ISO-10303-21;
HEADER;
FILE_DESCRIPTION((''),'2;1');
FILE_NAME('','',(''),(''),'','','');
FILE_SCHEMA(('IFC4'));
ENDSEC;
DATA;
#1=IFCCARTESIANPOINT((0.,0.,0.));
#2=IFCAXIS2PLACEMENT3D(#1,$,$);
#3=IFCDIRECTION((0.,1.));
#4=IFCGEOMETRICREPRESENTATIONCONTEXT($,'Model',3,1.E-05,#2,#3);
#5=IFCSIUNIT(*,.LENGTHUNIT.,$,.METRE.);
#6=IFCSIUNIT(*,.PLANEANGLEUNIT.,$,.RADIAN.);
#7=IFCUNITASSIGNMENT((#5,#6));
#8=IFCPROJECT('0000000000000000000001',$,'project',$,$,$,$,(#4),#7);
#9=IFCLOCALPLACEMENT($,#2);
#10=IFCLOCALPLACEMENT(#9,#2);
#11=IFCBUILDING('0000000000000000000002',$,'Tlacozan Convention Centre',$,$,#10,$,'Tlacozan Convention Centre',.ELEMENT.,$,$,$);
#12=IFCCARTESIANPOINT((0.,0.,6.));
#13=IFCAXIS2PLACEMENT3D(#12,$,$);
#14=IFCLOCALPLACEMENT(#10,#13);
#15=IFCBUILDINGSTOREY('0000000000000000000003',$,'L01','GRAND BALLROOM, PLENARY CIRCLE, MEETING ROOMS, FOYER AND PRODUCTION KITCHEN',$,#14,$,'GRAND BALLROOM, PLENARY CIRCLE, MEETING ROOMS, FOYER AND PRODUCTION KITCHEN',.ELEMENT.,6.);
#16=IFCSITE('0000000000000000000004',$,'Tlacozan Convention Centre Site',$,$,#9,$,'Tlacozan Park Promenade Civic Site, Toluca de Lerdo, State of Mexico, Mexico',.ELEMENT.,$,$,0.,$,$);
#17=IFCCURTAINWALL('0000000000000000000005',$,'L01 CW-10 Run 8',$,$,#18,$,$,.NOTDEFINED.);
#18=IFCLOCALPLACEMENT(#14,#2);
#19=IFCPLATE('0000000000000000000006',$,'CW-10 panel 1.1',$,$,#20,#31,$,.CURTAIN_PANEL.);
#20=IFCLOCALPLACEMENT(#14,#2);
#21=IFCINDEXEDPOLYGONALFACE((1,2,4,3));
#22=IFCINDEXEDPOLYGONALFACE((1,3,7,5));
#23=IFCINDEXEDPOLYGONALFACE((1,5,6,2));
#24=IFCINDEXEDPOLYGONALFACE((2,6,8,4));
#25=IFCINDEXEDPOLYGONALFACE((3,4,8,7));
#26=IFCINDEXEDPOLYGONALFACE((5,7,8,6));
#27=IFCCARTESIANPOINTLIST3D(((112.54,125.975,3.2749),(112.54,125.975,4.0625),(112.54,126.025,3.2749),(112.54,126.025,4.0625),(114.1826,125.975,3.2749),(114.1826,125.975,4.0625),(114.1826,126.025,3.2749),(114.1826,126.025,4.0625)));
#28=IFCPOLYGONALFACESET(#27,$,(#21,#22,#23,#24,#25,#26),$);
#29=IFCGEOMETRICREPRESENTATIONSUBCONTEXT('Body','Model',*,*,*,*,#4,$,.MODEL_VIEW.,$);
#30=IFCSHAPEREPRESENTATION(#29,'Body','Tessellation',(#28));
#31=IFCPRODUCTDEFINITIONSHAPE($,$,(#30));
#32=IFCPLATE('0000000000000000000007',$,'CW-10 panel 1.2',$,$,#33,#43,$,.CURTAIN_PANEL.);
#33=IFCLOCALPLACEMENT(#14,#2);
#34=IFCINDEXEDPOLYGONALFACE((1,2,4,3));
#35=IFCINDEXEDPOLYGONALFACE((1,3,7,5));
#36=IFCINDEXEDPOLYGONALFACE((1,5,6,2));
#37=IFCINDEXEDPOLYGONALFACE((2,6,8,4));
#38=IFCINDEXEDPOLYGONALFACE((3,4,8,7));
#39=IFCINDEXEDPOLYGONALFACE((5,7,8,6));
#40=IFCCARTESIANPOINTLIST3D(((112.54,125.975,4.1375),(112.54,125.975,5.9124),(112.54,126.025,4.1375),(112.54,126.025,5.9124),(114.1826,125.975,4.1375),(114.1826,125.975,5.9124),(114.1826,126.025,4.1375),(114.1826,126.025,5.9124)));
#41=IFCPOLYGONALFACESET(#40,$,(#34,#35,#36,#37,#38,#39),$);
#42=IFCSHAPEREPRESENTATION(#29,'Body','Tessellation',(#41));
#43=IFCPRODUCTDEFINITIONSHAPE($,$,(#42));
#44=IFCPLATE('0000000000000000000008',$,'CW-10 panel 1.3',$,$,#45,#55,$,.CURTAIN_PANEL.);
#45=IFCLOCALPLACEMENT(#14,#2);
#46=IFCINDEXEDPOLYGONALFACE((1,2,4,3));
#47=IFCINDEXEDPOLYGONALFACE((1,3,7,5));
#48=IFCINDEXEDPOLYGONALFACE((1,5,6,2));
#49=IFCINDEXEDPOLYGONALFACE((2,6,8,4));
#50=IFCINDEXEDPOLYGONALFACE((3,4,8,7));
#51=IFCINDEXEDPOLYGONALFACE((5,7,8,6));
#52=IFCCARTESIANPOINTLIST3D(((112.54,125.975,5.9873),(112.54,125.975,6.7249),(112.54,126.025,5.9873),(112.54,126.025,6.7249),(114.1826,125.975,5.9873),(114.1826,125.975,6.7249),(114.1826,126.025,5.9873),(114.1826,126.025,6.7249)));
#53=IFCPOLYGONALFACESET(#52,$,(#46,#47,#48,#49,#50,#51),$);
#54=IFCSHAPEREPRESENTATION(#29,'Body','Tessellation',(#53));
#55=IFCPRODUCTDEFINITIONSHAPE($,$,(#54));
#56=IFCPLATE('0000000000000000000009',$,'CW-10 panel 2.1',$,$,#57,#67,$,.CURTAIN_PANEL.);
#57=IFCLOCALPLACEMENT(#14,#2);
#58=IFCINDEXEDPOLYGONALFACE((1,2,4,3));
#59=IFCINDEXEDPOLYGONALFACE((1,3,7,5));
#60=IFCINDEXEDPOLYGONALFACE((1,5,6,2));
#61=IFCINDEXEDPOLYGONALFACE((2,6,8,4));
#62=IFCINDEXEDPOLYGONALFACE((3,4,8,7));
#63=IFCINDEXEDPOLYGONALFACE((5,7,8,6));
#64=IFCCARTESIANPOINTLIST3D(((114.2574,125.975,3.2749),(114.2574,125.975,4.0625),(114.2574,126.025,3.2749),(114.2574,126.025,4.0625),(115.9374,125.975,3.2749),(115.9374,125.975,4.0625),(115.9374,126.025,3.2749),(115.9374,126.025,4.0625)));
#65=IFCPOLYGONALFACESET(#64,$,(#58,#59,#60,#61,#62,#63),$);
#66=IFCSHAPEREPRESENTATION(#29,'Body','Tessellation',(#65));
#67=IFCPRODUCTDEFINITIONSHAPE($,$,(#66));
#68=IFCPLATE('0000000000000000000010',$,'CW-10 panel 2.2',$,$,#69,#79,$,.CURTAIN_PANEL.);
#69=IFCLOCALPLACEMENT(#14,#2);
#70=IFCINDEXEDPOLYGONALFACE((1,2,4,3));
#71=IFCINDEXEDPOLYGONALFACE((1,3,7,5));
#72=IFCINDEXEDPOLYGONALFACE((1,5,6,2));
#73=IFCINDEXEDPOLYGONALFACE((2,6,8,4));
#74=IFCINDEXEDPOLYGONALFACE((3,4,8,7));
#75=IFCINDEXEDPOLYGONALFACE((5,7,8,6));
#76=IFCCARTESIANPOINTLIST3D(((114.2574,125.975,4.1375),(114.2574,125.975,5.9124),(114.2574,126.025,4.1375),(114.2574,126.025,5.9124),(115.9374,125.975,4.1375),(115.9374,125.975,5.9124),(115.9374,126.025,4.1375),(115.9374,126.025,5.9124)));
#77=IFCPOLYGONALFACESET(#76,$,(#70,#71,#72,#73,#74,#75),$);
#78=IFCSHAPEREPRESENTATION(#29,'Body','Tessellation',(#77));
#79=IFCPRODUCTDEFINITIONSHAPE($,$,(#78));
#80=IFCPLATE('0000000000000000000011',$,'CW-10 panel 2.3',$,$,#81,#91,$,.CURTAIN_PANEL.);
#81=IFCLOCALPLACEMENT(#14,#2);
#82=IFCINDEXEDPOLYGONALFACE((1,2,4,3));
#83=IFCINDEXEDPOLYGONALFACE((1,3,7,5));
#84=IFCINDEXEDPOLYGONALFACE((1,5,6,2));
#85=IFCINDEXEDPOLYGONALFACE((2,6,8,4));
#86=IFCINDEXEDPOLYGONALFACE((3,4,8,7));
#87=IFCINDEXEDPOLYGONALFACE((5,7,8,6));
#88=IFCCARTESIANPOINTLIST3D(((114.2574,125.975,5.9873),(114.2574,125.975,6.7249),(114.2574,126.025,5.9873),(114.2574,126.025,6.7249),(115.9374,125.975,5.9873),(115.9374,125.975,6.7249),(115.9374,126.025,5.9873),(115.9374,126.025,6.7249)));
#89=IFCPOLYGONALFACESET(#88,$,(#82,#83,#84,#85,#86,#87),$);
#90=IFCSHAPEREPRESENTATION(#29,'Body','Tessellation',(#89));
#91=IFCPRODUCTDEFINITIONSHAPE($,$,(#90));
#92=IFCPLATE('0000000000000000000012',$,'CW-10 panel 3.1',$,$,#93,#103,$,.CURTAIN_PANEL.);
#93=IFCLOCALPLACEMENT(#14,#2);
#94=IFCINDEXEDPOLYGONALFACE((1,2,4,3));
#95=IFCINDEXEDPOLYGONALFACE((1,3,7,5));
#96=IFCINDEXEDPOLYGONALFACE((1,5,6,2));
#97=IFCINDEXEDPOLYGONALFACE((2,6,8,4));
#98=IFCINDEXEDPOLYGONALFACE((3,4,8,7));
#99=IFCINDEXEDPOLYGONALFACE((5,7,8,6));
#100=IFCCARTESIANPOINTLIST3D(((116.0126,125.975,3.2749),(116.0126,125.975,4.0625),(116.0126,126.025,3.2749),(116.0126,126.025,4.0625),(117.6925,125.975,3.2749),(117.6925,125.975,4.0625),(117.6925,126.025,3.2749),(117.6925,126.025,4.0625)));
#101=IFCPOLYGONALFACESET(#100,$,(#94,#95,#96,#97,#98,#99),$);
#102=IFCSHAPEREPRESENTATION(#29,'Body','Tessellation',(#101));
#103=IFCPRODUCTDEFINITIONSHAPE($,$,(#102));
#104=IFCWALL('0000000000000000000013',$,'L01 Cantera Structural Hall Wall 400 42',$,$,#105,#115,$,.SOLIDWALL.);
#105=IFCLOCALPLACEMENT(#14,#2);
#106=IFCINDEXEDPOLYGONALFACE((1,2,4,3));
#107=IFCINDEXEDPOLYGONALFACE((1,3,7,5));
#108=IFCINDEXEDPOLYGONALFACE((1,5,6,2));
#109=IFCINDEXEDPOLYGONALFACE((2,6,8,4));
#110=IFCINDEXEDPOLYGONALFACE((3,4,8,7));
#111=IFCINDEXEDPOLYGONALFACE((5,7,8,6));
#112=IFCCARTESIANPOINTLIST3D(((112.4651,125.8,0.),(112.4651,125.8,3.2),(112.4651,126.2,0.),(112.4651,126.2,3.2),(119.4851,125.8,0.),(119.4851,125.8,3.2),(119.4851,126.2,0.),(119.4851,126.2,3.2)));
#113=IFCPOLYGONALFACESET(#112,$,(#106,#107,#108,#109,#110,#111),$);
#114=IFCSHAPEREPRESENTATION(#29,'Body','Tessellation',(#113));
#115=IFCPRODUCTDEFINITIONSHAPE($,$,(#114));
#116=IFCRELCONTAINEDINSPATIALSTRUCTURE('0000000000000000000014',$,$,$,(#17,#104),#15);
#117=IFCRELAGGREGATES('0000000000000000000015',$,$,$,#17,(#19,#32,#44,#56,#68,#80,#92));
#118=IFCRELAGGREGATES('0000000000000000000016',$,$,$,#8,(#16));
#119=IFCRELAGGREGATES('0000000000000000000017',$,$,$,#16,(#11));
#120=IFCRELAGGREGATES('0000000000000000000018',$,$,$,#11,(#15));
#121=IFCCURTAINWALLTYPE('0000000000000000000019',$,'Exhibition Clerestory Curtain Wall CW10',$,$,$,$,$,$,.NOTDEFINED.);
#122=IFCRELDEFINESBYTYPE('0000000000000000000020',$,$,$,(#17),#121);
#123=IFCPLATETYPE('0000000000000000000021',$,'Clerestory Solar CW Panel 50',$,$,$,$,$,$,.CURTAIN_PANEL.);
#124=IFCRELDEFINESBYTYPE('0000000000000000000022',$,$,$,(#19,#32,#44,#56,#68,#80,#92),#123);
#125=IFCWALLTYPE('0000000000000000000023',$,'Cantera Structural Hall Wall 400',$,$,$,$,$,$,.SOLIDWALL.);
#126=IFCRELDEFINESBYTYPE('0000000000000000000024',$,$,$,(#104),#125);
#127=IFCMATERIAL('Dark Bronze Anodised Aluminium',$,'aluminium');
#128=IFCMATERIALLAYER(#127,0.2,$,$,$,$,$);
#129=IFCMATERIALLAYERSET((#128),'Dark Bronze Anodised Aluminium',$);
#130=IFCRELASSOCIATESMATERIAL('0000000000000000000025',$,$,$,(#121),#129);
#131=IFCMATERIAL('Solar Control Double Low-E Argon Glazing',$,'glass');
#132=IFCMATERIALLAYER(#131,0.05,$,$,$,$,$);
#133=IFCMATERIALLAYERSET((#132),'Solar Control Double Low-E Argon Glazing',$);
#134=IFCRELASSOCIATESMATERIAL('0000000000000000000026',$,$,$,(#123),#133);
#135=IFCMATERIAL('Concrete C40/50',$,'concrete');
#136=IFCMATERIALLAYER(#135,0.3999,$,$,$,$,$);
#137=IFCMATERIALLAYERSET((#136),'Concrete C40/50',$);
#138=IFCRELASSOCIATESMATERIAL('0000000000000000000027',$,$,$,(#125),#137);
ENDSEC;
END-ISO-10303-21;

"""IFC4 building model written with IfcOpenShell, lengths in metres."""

from ifc_helpers import new_model, si_unit, direction, frame, frame_2d, origin, origin_2d, place, context, subcontext, project, spatial, rectangle, extrude, material, layer, layer_set, type_object, element, aggregate, save


model = new_model("IFC4")

# Units and contexts
model_context = context("Model", 3, precision=1e-05, world=origin(), true_north=direction((0.0, 1.0)))
body_context = subcontext(model_context, "Body", "Model", "MODEL_VIEW")
ifc_project = project(units=[si_unit("LENGTHUNIT", "METRE"), si_unit("PLANEANGLEUNIT", "RADIAN")], contexts=[model_context])

# Site, building, storey
site_placement = place(None, origin())
site = spatial("IfcSite", under=ifc_project, at=site_placement, Name="Tlacozan Convention Centre Site", LongName="Tlacozan Park Promenade Civic Site, Toluca de Lerdo, State of Mexico, Mexico", CompositionType="ELEMENT", RefElevation=0.0)
building_placement = place(site_placement, origin())
building = spatial("IfcBuilding", under=site, at=building_placement, Name="Tlacozan Convention Centre", LongName="Tlacozan Convention Centre", CompositionType="ELEMENT")
storey_placement = place(building_placement, frame((0.0, 0.0, 6.0)))
storey = spatial("IfcBuildingStorey", under=building, at=storey_placement, Name="L01", Description="GRAND BALLROOM, PLENARY CIRCLE, MEETING ROOMS, FOYER AND PRODUCTION KITCHEN", LongName="GRAND BALLROOM, PLENARY CIRCLE, MEETING ROOMS, FOYER AND PRODUCTION KITCHEN", CompositionType="ELEMENT", Elevation=6.0)

# Curtain wall, plates
ifc_material_1 = material(Name="Dark Bronze Anodised Aluminium", Category="aluminium")
ifc_layer_1 = layer(ifc_material_1, 0.2)
ifc_layer_set_1 = layer_set([ifc_layer_1], Name="Dark Bronze Anodised Aluminium")
curtain_wall_type = type_object("IfcCurtainWallType", Name="Exhibition Clerestory Curtain Wall CW10", PredefinedType="NOTDEFINED", material=ifc_layer_set_1)
curtain_wall_placement = place(storey_placement, origin())
curtain_wall = element("IfcCurtainWall", 1, at=curtain_wall_placement, inside=storey, type_object=curtain_wall_type, Name="L01 CW-10 Run 8", PredefinedType="NOTDEFINED")
ifc_material_2 = material(Name="Solar Control Double Low-E Argon Glazing", Category="glass")
ifc_layer_2 = layer(ifc_material_2, 0.05)
ifc_layer_set_2 = layer_set([ifc_layer_2], Name="Solar Control Double Low-E Argon Glazing")
plate_type = type_object("IfcPlateType", Name="Clerestory Solar CW Panel 50", PredefinedType="CURTAIN_PANEL", material=ifc_layer_set_2)
plate_1_placement = place(storey_placement, frame((113.3613, 126.0, 3.2749), z_axis=(0.0, 0.0, 1.0), x_axis=(1.0, 0.0, 0.0)))
plate_1 = element("IfcPlate", 2, at=plate_1_placement, type_object=plate_type, Name="CW-10 panel 1.1", PredefinedType="CURTAIN_PANEL", context=body_context, shape_type="SweptSolid", body=[
    extrude(rectangle(XDim=1.6426, YDim=0.05, at=origin_2d()), origin(), (0.0, 0.0, 1.0), 0.7876),
])
plate_2_placement = place(storey_placement, frame((113.3613, 126.0, 4.1375), z_axis=(0.0, 0.0, 1.0), x_axis=(1.0, 0.0, 0.0)))
plate_2 = element("IfcPlate", 3, at=plate_2_placement, type_object=plate_type, Name="CW-10 panel 1.2", PredefinedType="CURTAIN_PANEL", context=body_context, shape_type="SweptSolid", body=[
    extrude(rectangle(XDim=1.6426, YDim=0.05, at=origin_2d()), origin(), (0.0, 0.0, 1.0), 1.7749),
])
plate_3_placement = place(storey_placement, frame((113.3613, 126.0, 5.9873), z_axis=(0.0, 0.0, 1.0), x_axis=(1.0, 0.0, 0.0)))
plate_3 = element("IfcPlate", 4, at=plate_3_placement, type_object=plate_type, Name="CW-10 panel 1.3", PredefinedType="CURTAIN_PANEL", context=body_context, shape_type="SweptSolid", body=[
    extrude(rectangle(XDim=1.6426, YDim=0.05, at=origin_2d()), origin(), (0.0, 0.0, 1.0), 0.7375),
])
plate_4_placement = place(storey_placement, frame((115.0974, 126.0, 3.2749), z_axis=(0.0, 0.0, 1.0), x_axis=(1.0, 0.0, 0.0)))
plate_4 = element("IfcPlate", 5, at=plate_4_placement, type_object=plate_type, Name="CW-10 panel 2.1", PredefinedType="CURTAIN_PANEL", context=body_context, shape_type="SweptSolid", body=[
    extrude(rectangle(XDim=1.6799, YDim=0.05, at=origin_2d()), origin(), (0.0, 0.0, 1.0), 0.7876),
])
plate_5_placement = place(storey_placement, frame((115.0974, 126.0, 4.1375), z_axis=(0.0, 0.0, 1.0), x_axis=(1.0, 0.0, 0.0)))
plate_5 = element("IfcPlate", 6, at=plate_5_placement, type_object=plate_type, Name="CW-10 panel 2.2", PredefinedType="CURTAIN_PANEL", context=body_context, shape_type="SweptSolid", body=[
    extrude(rectangle(XDim=1.6799, YDim=0.05, at=origin_2d()), origin(), (0.0, 0.0, 1.0), 1.7749),
])
plate_6_placement = place(storey_placement, frame((115.0974, 126.0, 5.9873), z_axis=(0.0, 0.0, 1.0), x_axis=(1.0, 0.0, 0.0)))
plate_6 = element("IfcPlate", 7, at=plate_6_placement, type_object=plate_type, Name="CW-10 panel 2.3", PredefinedType="CURTAIN_PANEL", context=body_context, shape_type="SweptSolid", body=[
    extrude(rectangle(XDim=1.6799, YDim=0.05, at=origin_2d()), origin(), (0.0, 0.0, 1.0), 0.7375),
])
plate_7_placement = place(storey_placement, frame((116.8525, 126.0, 3.2749), z_axis=(0.0, 0.0, 1.0), x_axis=(1.0, 0.0, 0.0)))
plate_7 = element("IfcPlate", 8, at=plate_7_placement, type_object=plate_type, Name="CW-10 panel 3.1", PredefinedType="CURTAIN_PANEL", context=body_context, shape_type="SweptSolid", body=[
    extrude(rectangle(XDim=1.6799, YDim=0.05, at=origin_2d()), origin(), (0.0, 0.0, 1.0), 0.7876),
])
aggregate(curtain_wall, [plate_1, plate_2, plate_3, plate_4, plate_5, plate_6, plate_7])

# Wall
ifc_material_3 = material(Name="Concrete C40/50", Category="concrete")
ifc_layer_3 = layer(ifc_material_3, 0.3999)
ifc_layer_set_3 = layer_set([ifc_layer_3], Name="Concrete C40/50")
wall_type = type_object("IfcWallType", Name="Cantera Structural Hall Wall 400", PredefinedType="SOLIDWALL", material=ifc_layer_set_3)
wall_placement = place(storey_placement, frame((112.4651, 126.0, 0.0), z_axis=(0.0, 0.0, 1.0), x_axis=(1.0, 0.0, 0.0)))
element("IfcWall", 9, at=wall_placement, inside=storey, type_object=wall_type, Name="L01 Cantera Structural Hall Wall 400 42", PredefinedType="SOLIDWALL", context=body_context, shape_type="SweptSolid", body=[
    extrude(rectangle(XDim=7.02, YDim=0.3999, at=frame_2d((3.51, 0.0))), origin(), (0.0, 0.0, 1.0), 3.2),
])

save(model, "model.ifc")
